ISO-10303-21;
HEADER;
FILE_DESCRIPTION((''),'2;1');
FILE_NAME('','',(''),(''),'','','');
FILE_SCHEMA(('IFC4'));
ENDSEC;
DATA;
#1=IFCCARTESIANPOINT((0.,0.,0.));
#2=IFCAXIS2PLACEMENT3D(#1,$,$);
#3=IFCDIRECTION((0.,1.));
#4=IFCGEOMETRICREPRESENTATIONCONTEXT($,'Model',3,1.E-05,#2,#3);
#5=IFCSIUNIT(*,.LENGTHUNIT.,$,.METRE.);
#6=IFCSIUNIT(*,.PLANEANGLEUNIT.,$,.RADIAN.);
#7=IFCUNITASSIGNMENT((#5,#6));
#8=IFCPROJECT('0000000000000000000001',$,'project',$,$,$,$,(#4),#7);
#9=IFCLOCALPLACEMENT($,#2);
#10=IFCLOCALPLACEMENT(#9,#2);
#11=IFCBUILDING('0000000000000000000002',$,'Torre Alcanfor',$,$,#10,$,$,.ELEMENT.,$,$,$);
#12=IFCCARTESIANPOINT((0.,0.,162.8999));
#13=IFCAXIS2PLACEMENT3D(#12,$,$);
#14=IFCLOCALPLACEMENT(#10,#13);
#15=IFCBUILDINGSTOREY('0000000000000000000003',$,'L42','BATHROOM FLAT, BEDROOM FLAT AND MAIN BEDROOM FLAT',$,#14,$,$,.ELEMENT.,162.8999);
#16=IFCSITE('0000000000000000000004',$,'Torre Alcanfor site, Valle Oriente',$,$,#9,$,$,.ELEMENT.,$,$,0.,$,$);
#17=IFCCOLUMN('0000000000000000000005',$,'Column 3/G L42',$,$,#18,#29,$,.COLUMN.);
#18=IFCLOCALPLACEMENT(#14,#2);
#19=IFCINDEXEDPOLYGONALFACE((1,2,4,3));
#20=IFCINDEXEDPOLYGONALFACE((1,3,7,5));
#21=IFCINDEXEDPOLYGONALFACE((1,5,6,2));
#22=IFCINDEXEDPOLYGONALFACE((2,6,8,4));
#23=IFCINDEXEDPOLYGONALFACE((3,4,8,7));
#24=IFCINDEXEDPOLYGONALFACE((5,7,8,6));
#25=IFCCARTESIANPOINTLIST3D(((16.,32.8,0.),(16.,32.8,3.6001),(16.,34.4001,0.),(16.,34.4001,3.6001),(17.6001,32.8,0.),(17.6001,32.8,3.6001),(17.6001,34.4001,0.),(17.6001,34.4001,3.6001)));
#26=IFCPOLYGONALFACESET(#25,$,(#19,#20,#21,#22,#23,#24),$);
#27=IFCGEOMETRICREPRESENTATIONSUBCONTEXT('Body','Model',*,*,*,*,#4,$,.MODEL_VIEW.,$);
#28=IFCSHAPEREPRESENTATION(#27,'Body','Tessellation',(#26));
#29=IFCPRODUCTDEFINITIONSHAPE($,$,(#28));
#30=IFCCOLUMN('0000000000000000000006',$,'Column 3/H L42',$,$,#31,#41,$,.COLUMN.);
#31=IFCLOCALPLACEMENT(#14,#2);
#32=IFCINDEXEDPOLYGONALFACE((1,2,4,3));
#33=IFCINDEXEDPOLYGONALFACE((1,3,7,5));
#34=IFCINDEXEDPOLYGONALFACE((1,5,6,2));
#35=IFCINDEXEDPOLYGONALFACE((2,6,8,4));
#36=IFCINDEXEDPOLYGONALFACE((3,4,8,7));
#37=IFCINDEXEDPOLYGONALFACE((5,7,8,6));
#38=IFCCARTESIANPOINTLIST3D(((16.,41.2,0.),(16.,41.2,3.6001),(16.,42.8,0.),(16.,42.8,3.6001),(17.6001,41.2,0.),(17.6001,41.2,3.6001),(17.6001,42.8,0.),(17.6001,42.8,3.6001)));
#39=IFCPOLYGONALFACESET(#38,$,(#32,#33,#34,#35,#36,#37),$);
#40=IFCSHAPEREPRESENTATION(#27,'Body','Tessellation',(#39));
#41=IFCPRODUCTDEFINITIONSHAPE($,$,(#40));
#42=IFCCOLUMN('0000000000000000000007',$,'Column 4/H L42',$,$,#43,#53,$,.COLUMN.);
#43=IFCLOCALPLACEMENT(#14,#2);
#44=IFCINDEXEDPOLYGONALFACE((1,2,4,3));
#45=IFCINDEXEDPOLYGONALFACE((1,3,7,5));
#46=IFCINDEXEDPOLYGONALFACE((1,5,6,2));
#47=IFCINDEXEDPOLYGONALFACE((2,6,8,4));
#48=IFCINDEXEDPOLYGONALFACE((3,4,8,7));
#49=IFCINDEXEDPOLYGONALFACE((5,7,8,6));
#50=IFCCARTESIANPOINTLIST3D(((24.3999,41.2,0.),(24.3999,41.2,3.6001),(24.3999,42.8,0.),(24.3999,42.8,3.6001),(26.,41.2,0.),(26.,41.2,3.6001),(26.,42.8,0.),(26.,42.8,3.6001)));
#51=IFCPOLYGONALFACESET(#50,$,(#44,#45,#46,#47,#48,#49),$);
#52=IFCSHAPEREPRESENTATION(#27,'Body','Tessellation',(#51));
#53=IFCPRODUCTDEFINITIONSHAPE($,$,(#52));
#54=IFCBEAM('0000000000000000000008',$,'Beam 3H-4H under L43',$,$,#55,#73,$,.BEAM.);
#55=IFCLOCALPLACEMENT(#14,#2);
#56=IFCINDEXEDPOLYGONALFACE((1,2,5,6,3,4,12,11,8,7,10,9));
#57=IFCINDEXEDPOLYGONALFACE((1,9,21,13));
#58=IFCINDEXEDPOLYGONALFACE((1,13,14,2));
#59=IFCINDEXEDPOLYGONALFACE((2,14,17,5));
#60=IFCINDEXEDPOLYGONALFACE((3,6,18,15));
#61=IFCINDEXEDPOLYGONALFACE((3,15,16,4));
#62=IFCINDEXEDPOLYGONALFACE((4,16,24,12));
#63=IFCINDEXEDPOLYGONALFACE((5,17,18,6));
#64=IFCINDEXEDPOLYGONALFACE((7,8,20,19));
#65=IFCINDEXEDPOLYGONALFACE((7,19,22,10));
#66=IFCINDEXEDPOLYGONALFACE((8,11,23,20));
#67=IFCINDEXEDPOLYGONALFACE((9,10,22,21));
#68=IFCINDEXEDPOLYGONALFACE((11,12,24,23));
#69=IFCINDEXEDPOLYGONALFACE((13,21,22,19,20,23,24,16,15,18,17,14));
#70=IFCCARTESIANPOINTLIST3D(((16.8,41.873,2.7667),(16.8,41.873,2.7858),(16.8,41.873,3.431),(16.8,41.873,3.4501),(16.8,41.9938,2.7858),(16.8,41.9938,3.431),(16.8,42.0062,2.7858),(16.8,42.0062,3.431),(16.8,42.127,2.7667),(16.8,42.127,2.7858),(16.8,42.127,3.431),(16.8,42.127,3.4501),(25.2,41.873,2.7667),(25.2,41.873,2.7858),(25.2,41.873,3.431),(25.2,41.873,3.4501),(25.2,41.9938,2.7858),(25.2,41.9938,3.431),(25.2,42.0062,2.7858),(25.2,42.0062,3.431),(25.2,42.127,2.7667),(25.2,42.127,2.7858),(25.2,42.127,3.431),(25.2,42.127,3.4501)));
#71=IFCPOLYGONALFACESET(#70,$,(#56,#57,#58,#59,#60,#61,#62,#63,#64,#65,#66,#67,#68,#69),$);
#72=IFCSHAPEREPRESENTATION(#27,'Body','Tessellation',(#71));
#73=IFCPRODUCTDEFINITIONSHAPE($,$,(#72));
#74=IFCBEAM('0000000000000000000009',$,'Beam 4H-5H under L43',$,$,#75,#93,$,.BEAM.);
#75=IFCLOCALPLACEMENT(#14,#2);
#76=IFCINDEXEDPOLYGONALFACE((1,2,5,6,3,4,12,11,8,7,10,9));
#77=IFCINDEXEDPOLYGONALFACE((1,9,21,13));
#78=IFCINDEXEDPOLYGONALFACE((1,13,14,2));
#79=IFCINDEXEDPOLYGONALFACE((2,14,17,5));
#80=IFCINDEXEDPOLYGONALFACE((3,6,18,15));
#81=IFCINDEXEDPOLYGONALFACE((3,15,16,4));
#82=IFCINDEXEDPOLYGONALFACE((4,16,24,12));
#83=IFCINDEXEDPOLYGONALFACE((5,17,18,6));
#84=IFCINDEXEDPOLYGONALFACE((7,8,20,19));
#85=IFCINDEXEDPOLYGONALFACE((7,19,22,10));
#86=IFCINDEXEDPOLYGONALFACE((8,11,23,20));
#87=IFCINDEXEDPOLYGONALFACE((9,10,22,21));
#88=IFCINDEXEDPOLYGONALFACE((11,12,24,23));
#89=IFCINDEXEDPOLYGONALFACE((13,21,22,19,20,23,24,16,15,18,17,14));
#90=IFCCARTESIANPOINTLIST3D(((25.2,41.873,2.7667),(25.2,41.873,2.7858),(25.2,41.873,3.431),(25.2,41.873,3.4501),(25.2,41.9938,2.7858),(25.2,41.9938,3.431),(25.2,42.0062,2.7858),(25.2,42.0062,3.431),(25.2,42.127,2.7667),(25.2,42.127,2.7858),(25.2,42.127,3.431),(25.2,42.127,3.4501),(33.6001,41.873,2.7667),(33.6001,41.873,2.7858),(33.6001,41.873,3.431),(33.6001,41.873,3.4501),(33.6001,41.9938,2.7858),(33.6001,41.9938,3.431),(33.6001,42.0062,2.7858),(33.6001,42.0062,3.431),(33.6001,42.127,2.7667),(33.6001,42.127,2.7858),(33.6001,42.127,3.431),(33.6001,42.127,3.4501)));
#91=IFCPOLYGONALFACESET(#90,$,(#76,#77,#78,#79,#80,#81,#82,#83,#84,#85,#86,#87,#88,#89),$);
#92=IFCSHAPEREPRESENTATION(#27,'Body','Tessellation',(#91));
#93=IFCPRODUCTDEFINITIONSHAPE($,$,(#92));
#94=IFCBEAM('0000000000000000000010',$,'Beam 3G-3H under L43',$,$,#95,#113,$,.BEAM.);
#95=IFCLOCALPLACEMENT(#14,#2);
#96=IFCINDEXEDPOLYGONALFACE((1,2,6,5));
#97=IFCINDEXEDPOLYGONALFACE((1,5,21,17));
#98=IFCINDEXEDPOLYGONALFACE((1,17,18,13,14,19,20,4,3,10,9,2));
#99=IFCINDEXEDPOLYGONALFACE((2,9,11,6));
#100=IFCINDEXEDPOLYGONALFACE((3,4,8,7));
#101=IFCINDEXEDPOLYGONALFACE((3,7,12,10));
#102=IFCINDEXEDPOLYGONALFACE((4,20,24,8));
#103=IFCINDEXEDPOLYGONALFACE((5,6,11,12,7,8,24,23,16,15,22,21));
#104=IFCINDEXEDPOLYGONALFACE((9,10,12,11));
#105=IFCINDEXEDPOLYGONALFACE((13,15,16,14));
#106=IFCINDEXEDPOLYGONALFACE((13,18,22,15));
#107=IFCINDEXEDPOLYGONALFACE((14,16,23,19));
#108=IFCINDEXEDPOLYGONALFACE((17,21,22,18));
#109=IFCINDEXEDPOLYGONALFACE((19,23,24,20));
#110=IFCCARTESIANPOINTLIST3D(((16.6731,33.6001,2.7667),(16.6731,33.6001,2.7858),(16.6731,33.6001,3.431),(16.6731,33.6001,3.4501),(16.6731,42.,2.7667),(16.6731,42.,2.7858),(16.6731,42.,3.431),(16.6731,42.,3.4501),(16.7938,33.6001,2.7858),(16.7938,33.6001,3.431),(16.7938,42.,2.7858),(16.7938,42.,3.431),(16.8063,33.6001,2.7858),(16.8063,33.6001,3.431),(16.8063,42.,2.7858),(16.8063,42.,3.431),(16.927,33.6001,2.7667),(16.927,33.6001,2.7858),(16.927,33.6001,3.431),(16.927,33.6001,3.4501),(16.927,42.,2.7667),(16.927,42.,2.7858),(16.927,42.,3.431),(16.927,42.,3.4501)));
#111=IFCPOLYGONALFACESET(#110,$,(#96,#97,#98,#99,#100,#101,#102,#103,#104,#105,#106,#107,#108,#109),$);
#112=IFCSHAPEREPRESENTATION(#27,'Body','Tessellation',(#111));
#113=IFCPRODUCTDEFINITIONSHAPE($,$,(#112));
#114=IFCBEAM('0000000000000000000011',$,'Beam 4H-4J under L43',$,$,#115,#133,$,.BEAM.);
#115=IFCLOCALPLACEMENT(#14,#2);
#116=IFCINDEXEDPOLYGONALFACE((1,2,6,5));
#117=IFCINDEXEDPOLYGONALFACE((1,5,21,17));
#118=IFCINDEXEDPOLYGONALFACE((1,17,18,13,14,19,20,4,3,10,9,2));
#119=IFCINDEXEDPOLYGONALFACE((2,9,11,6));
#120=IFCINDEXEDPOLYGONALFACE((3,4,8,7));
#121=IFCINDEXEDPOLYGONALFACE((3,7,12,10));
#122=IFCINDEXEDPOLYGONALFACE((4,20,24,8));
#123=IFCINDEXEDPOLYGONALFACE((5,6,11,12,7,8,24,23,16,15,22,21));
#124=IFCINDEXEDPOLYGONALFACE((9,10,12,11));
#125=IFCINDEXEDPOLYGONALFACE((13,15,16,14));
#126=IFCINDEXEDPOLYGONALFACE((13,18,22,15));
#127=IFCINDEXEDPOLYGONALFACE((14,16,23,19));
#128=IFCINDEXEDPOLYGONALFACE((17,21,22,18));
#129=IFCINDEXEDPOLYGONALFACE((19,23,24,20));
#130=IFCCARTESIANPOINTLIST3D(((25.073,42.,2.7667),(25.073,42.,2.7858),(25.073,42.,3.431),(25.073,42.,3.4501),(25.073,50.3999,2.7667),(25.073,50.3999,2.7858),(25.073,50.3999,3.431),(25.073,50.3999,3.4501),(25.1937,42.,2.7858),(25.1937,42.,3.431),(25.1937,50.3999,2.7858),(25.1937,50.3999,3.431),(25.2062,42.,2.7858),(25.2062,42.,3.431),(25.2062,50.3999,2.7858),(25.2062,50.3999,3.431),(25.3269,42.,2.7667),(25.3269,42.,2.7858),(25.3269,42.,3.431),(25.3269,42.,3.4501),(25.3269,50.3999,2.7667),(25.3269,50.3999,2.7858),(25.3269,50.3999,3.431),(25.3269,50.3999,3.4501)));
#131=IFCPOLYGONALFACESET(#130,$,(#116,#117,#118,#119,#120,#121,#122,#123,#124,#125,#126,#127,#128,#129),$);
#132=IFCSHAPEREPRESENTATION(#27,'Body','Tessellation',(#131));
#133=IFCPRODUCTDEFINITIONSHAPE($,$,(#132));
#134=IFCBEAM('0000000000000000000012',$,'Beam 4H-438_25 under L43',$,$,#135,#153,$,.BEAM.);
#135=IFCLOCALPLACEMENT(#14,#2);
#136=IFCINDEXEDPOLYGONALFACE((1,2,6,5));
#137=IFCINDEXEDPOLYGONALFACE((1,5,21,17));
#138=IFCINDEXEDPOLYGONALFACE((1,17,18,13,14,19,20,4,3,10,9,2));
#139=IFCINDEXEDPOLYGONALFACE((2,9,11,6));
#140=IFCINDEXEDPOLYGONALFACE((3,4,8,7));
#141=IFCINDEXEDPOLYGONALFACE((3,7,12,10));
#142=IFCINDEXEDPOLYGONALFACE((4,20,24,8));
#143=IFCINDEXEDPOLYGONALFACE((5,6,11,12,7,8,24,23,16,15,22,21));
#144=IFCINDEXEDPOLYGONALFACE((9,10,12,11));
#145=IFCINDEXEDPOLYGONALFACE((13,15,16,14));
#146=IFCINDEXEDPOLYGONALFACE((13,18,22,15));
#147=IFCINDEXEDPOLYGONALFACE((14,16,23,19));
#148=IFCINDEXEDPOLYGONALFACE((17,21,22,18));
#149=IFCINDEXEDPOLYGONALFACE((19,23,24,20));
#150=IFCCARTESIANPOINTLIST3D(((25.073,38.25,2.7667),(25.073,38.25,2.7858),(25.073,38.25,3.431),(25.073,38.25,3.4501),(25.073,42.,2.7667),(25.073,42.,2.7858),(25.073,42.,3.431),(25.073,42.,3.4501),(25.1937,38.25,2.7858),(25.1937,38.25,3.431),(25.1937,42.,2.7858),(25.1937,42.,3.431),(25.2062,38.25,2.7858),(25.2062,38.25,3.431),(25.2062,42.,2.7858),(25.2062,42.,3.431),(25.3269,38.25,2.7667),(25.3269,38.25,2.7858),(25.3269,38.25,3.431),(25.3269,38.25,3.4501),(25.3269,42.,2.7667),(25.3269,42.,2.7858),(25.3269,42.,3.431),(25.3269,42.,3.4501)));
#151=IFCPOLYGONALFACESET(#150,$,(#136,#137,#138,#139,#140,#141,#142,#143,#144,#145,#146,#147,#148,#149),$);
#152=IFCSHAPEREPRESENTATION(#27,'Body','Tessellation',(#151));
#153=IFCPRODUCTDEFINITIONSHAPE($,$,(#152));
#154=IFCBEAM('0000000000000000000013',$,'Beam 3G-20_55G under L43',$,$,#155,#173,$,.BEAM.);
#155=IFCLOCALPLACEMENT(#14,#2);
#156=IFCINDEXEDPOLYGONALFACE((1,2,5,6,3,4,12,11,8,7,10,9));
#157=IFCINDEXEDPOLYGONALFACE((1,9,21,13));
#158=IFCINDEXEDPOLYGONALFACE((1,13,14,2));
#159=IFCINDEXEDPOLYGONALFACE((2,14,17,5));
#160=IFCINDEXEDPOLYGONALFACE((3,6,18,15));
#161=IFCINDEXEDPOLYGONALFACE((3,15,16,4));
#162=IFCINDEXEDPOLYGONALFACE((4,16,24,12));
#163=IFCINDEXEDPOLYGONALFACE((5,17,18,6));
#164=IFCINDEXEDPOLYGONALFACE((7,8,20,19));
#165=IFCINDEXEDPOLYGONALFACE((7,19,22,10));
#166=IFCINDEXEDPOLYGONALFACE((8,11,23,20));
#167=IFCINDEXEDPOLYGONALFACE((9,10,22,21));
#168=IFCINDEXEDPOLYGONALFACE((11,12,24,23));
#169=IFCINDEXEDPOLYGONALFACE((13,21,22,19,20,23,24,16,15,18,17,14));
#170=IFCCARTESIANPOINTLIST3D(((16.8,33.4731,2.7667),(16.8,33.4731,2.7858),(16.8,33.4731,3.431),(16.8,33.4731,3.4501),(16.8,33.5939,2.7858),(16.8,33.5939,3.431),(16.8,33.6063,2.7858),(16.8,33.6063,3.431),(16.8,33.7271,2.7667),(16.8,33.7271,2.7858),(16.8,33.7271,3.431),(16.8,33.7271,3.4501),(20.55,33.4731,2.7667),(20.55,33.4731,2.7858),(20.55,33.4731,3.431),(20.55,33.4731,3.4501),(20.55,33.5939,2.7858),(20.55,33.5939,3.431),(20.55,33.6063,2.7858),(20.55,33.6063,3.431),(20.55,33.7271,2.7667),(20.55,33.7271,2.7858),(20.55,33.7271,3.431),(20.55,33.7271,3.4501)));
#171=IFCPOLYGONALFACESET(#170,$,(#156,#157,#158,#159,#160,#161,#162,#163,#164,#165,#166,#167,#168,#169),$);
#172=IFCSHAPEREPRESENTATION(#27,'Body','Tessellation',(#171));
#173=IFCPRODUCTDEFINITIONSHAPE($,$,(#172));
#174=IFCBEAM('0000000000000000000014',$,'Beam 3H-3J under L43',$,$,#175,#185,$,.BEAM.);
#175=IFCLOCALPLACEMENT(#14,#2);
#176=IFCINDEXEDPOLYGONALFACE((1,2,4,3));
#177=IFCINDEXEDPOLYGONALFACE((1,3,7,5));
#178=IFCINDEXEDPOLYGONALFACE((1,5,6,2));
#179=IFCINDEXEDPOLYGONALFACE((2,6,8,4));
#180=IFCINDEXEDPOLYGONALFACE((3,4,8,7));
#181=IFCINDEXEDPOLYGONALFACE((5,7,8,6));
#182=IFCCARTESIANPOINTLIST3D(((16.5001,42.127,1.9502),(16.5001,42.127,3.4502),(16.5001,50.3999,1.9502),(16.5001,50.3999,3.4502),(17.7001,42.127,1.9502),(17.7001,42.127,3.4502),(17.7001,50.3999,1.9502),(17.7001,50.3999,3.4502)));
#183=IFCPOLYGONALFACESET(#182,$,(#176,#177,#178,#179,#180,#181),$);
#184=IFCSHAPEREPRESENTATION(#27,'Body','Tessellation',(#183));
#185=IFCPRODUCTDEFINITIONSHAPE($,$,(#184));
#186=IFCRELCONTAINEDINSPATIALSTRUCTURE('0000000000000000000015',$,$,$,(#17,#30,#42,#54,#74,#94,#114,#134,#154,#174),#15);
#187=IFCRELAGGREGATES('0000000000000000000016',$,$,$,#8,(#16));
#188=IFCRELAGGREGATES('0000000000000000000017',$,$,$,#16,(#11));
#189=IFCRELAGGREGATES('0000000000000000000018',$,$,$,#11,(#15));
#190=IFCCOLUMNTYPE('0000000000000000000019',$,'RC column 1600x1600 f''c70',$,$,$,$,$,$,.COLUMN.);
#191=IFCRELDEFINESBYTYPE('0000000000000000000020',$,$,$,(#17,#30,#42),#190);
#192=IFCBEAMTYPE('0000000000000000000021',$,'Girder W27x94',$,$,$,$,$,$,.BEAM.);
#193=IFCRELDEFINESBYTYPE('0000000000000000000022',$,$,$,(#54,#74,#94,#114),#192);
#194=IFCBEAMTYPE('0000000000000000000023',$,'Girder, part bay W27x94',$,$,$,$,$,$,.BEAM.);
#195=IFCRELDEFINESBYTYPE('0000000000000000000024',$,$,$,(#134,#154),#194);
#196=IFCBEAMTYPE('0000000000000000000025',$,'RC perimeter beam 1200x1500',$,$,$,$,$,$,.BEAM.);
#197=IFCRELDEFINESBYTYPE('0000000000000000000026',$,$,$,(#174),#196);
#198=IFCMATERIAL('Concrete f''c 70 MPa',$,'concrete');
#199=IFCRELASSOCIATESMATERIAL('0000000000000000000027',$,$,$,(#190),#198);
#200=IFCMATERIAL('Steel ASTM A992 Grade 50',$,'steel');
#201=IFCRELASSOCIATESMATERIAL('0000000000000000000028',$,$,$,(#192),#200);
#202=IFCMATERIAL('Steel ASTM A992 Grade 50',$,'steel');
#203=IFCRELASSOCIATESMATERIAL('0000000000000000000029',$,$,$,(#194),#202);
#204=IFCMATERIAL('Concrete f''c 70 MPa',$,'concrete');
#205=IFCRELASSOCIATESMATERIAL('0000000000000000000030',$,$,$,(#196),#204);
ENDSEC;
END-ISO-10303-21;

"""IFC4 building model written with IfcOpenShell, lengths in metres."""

from ifc_helpers import new_model, si_unit, direction, frame, origin, origin_2d, place, context, subcontext, project, spatial, rectangle, i_section, extrude, material, material_profile, profile_set, type_object, element, save


model = new_model("IFC4")

# Units and contexts
model_context = context("Model", 3, precision=1e-05, world=origin(), true_north=direction((0.0, 1.0)))
body_context = subcontext(model_context, "Body", "Model", "MODEL_VIEW")
ifc_project = project(units=[si_unit("LENGTHUNIT", "METRE"), si_unit("PLANEANGLEUNIT", "RADIAN")], contexts=[model_context])

# Site, building, storey
site_placement = place(None, origin())
site = spatial("IfcSite", under=ifc_project, at=site_placement, Name="Torre Alcanfor site, Valle Oriente", CompositionType="ELEMENT", RefElevation=0.0)
building_placement = place(site_placement, origin())
building = spatial("IfcBuilding", under=site, at=building_placement, Name="Torre Alcanfor", CompositionType="ELEMENT")
storey_placement = place(building_placement, frame((0.0, 0.0, 162.8999)))
storey = spatial("IfcBuildingStorey", under=building, at=storey_placement, Name="L42", Description="BATHROOM FLAT, BEDROOM FLAT AND MAIN BEDROOM FLAT", CompositionType="ELEMENT", Elevation=162.8999)

# Columns
ifc_material_1 = material(Name="Concrete f'c 70 MPa", Category="concrete")
ifc_material_profile_1 = material_profile(ifc_material_1, rectangle(XDim=1.6001, YDim=1.6001, at=origin_2d()), Name="1600x1600")
ifc_profile_set_1 = profile_set([ifc_material_profile_1], Name="Concrete f'c 70 MPa")
column_type = type_object("IfcColumnType", Name="RC column 1600x1600 f'c70", PredefinedType="COLUMN", material=ifc_profile_set_1)
for number, where, z_axis, x_axis, name in (
    (1, (16.8, 33.6001, 0.0), (0.0, 0.0, 1.0), (1.0, 0.0, 0.0), "Column 3/G L42"),
    (2, (16.8, 42.0, 0.0), (0.0, 0.0, 1.0), (1.0, 0.0, 0.0), "Column 3/H L42"),
    (3, (25.2, 42.0, 0.0), (0.0, 0.0, 1.0), (1.0, 0.0, 0.0), "Column 4/H L42"),
):
    element("IfcColumn", number, at=place(storey_placement, frame(where, z_axis=z_axis, x_axis=x_axis)), inside=storey, type_object=column_type, Name=name, PredefinedType="COLUMN", context=body_context, shape_type="SweptSolid", body=[
        extrude(rectangle(XDim=1.6001, YDim=1.6001, at=origin_2d()), origin(), (0.0, 0.0, 1.0), 3.6001),
    ])

# Beams
ifc_material_2 = material(Name="Steel ASTM A992 Grade 50", Category="steel")
ifc_material_profile_2 = material_profile(ifc_material_2, i_section(OverallWidth=0.2539, OverallDepth=0.6833, WebThickness=0.0125, FlangeThickness=0.019, at=origin_2d()), Name="W27x94")
ifc_profile_set_2 = profile_set([ifc_material_profile_2], Name="Steel ASTM A992 Grade 50")
beam_type_1 = type_object("IfcBeamType", Name="Girder W27x94", PredefinedType="BEAM", material=ifc_profile_set_2)
beam_1_placement = place(storey_placement, frame((16.8, 42.0, 3.1084), z_axis=(1.0, 0.0, 0.0), x_axis=(0.0, 1.0, 0.0)))
element("IfcBeam", 4, at=beam_1_placement, inside=storey, type_object=beam_type_1, Name="Beam 3H-4H under L43", PredefinedType="BEAM", context=body_context, shape_type="SweptSolid", body=[
    extrude(i_section(OverallWidth=0.2539, OverallDepth=0.6833, WebThickness=0.0125, FlangeThickness=0.019, at=origin_2d()), origin(), (0.0, 0.0, 1.0), 8.3999),
])
beam_2_placement = place(storey_placement, frame((25.2, 42.0, 3.1084), z_axis=(1.0, 0.0, 0.0), x_axis=(0.0, 1.0, 0.0)))
element("IfcBeam", 5, at=beam_2_placement, inside=storey, type_object=beam_type_1, Name="Beam 4H-5H under L43", PredefinedType="BEAM", context=body_context, shape_type="SweptSolid", body=[
    extrude(i_section(OverallWidth=0.2539, OverallDepth=0.6833, WebThickness=0.0125, FlangeThickness=0.019, at=origin_2d()), origin(), (0.0, 0.0, 1.0), 8.4001),
])
for number, where, z_axis, x_axis, name in (
    (6, (16.8, 33.6001, 3.1084), (0.0, 1.0, 0.0), (-1.0, 0.0, 0.0), "Beam 3G-3H under L43"),
    (7, (25.2, 42.0, 3.1084), (0.0, 1.0, 0.0), (-1.0, 0.0, 0.0), "Beam 4H-4J under L43"),
):
    element("IfcBeam", number, at=place(storey_placement, frame(where, z_axis=z_axis, x_axis=x_axis)), inside=storey, type_object=beam_type_1, Name=name, PredefinedType="BEAM", context=body_context, shape_type="SweptSolid", body=[
        extrude(i_section(OverallWidth=0.2539, OverallDepth=0.6833, WebThickness=0.0125, FlangeThickness=0.019, at=origin_2d()), origin(), (0.0, 0.0, 1.0), 8.3999),
    ])
ifc_material_3 = material(Name="Steel ASTM A992 Grade 50", Category="steel")
ifc_material_profile_3 = material_profile(ifc_material_3, i_section(OverallWidth=0.2539, OverallDepth=0.6833, WebThickness=0.0125, FlangeThickness=0.019, at=origin_2d()), Name="W27x94")
ifc_profile_set_3 = profile_set([ifc_material_profile_3], Name="Steel ASTM A992 Grade 50")
beam_type_2 = type_object("IfcBeamType", Name="Girder, part bay W27x94", PredefinedType="BEAM", material=ifc_profile_set_3)
for number, where, z_axis, x_axis, name in (
    (8, (25.2, 42.0, 3.1084), (0.0, -1.0, 0.0), (1.0, 0.0, 0.0), "Beam 4H-438_25 under L43"),
    (9, (16.8, 33.6001, 3.1084), (1.0, 0.0, 0.0), (0.0, 1.0, 0.0), "Beam 3G-20_55G under L43"),
):
    element("IfcBeam", number, at=place(storey_placement, frame(where, z_axis=z_axis, x_axis=x_axis)), inside=storey, type_object=beam_type_2, Name=name, PredefinedType="BEAM", context=body_context, shape_type="SweptSolid", body=[
        extrude(i_section(OverallWidth=0.2539, OverallDepth=0.6833, WebThickness=0.0125, FlangeThickness=0.019, at=origin_2d()), origin(), (0.0, 0.0, 1.0), 3.75),
    ])
ifc_material_4 = material(Name="Concrete f'c 70 MPa", Category="concrete")
ifc_material_profile_4 = material_profile(ifc_material_4, rectangle(XDim=1.2, YDim=1.5, at=origin_2d()), Name="1200x1500")
ifc_profile_set_4 = profile_set([ifc_material_profile_4], Name="Concrete f'c 70 MPa")
beam_type_3 = type_object("IfcBeamType", Name="RC perimeter beam 1200x1500", PredefinedType="BEAM", material=ifc_profile_set_4)
beam_3_placement = place(storey_placement, frame((17.1001, 42.127, 2.7002), z_axis=(0.0, 1.0, 0.0), x_axis=(-1.0, 0.0, 0.0)))
element("IfcBeam", 10, at=beam_3_placement, inside=storey, type_object=beam_type_3, Name="Beam 3H-3J under L43", PredefinedType="BEAM", context=body_context, shape_type="SweptSolid", body=[
    extrude(rectangle(XDim=1.2, YDim=1.5, at=origin_2d()), origin(), (0.0, 0.0, 1.0), 8.2729),
])

save(model, "model.ifc")
